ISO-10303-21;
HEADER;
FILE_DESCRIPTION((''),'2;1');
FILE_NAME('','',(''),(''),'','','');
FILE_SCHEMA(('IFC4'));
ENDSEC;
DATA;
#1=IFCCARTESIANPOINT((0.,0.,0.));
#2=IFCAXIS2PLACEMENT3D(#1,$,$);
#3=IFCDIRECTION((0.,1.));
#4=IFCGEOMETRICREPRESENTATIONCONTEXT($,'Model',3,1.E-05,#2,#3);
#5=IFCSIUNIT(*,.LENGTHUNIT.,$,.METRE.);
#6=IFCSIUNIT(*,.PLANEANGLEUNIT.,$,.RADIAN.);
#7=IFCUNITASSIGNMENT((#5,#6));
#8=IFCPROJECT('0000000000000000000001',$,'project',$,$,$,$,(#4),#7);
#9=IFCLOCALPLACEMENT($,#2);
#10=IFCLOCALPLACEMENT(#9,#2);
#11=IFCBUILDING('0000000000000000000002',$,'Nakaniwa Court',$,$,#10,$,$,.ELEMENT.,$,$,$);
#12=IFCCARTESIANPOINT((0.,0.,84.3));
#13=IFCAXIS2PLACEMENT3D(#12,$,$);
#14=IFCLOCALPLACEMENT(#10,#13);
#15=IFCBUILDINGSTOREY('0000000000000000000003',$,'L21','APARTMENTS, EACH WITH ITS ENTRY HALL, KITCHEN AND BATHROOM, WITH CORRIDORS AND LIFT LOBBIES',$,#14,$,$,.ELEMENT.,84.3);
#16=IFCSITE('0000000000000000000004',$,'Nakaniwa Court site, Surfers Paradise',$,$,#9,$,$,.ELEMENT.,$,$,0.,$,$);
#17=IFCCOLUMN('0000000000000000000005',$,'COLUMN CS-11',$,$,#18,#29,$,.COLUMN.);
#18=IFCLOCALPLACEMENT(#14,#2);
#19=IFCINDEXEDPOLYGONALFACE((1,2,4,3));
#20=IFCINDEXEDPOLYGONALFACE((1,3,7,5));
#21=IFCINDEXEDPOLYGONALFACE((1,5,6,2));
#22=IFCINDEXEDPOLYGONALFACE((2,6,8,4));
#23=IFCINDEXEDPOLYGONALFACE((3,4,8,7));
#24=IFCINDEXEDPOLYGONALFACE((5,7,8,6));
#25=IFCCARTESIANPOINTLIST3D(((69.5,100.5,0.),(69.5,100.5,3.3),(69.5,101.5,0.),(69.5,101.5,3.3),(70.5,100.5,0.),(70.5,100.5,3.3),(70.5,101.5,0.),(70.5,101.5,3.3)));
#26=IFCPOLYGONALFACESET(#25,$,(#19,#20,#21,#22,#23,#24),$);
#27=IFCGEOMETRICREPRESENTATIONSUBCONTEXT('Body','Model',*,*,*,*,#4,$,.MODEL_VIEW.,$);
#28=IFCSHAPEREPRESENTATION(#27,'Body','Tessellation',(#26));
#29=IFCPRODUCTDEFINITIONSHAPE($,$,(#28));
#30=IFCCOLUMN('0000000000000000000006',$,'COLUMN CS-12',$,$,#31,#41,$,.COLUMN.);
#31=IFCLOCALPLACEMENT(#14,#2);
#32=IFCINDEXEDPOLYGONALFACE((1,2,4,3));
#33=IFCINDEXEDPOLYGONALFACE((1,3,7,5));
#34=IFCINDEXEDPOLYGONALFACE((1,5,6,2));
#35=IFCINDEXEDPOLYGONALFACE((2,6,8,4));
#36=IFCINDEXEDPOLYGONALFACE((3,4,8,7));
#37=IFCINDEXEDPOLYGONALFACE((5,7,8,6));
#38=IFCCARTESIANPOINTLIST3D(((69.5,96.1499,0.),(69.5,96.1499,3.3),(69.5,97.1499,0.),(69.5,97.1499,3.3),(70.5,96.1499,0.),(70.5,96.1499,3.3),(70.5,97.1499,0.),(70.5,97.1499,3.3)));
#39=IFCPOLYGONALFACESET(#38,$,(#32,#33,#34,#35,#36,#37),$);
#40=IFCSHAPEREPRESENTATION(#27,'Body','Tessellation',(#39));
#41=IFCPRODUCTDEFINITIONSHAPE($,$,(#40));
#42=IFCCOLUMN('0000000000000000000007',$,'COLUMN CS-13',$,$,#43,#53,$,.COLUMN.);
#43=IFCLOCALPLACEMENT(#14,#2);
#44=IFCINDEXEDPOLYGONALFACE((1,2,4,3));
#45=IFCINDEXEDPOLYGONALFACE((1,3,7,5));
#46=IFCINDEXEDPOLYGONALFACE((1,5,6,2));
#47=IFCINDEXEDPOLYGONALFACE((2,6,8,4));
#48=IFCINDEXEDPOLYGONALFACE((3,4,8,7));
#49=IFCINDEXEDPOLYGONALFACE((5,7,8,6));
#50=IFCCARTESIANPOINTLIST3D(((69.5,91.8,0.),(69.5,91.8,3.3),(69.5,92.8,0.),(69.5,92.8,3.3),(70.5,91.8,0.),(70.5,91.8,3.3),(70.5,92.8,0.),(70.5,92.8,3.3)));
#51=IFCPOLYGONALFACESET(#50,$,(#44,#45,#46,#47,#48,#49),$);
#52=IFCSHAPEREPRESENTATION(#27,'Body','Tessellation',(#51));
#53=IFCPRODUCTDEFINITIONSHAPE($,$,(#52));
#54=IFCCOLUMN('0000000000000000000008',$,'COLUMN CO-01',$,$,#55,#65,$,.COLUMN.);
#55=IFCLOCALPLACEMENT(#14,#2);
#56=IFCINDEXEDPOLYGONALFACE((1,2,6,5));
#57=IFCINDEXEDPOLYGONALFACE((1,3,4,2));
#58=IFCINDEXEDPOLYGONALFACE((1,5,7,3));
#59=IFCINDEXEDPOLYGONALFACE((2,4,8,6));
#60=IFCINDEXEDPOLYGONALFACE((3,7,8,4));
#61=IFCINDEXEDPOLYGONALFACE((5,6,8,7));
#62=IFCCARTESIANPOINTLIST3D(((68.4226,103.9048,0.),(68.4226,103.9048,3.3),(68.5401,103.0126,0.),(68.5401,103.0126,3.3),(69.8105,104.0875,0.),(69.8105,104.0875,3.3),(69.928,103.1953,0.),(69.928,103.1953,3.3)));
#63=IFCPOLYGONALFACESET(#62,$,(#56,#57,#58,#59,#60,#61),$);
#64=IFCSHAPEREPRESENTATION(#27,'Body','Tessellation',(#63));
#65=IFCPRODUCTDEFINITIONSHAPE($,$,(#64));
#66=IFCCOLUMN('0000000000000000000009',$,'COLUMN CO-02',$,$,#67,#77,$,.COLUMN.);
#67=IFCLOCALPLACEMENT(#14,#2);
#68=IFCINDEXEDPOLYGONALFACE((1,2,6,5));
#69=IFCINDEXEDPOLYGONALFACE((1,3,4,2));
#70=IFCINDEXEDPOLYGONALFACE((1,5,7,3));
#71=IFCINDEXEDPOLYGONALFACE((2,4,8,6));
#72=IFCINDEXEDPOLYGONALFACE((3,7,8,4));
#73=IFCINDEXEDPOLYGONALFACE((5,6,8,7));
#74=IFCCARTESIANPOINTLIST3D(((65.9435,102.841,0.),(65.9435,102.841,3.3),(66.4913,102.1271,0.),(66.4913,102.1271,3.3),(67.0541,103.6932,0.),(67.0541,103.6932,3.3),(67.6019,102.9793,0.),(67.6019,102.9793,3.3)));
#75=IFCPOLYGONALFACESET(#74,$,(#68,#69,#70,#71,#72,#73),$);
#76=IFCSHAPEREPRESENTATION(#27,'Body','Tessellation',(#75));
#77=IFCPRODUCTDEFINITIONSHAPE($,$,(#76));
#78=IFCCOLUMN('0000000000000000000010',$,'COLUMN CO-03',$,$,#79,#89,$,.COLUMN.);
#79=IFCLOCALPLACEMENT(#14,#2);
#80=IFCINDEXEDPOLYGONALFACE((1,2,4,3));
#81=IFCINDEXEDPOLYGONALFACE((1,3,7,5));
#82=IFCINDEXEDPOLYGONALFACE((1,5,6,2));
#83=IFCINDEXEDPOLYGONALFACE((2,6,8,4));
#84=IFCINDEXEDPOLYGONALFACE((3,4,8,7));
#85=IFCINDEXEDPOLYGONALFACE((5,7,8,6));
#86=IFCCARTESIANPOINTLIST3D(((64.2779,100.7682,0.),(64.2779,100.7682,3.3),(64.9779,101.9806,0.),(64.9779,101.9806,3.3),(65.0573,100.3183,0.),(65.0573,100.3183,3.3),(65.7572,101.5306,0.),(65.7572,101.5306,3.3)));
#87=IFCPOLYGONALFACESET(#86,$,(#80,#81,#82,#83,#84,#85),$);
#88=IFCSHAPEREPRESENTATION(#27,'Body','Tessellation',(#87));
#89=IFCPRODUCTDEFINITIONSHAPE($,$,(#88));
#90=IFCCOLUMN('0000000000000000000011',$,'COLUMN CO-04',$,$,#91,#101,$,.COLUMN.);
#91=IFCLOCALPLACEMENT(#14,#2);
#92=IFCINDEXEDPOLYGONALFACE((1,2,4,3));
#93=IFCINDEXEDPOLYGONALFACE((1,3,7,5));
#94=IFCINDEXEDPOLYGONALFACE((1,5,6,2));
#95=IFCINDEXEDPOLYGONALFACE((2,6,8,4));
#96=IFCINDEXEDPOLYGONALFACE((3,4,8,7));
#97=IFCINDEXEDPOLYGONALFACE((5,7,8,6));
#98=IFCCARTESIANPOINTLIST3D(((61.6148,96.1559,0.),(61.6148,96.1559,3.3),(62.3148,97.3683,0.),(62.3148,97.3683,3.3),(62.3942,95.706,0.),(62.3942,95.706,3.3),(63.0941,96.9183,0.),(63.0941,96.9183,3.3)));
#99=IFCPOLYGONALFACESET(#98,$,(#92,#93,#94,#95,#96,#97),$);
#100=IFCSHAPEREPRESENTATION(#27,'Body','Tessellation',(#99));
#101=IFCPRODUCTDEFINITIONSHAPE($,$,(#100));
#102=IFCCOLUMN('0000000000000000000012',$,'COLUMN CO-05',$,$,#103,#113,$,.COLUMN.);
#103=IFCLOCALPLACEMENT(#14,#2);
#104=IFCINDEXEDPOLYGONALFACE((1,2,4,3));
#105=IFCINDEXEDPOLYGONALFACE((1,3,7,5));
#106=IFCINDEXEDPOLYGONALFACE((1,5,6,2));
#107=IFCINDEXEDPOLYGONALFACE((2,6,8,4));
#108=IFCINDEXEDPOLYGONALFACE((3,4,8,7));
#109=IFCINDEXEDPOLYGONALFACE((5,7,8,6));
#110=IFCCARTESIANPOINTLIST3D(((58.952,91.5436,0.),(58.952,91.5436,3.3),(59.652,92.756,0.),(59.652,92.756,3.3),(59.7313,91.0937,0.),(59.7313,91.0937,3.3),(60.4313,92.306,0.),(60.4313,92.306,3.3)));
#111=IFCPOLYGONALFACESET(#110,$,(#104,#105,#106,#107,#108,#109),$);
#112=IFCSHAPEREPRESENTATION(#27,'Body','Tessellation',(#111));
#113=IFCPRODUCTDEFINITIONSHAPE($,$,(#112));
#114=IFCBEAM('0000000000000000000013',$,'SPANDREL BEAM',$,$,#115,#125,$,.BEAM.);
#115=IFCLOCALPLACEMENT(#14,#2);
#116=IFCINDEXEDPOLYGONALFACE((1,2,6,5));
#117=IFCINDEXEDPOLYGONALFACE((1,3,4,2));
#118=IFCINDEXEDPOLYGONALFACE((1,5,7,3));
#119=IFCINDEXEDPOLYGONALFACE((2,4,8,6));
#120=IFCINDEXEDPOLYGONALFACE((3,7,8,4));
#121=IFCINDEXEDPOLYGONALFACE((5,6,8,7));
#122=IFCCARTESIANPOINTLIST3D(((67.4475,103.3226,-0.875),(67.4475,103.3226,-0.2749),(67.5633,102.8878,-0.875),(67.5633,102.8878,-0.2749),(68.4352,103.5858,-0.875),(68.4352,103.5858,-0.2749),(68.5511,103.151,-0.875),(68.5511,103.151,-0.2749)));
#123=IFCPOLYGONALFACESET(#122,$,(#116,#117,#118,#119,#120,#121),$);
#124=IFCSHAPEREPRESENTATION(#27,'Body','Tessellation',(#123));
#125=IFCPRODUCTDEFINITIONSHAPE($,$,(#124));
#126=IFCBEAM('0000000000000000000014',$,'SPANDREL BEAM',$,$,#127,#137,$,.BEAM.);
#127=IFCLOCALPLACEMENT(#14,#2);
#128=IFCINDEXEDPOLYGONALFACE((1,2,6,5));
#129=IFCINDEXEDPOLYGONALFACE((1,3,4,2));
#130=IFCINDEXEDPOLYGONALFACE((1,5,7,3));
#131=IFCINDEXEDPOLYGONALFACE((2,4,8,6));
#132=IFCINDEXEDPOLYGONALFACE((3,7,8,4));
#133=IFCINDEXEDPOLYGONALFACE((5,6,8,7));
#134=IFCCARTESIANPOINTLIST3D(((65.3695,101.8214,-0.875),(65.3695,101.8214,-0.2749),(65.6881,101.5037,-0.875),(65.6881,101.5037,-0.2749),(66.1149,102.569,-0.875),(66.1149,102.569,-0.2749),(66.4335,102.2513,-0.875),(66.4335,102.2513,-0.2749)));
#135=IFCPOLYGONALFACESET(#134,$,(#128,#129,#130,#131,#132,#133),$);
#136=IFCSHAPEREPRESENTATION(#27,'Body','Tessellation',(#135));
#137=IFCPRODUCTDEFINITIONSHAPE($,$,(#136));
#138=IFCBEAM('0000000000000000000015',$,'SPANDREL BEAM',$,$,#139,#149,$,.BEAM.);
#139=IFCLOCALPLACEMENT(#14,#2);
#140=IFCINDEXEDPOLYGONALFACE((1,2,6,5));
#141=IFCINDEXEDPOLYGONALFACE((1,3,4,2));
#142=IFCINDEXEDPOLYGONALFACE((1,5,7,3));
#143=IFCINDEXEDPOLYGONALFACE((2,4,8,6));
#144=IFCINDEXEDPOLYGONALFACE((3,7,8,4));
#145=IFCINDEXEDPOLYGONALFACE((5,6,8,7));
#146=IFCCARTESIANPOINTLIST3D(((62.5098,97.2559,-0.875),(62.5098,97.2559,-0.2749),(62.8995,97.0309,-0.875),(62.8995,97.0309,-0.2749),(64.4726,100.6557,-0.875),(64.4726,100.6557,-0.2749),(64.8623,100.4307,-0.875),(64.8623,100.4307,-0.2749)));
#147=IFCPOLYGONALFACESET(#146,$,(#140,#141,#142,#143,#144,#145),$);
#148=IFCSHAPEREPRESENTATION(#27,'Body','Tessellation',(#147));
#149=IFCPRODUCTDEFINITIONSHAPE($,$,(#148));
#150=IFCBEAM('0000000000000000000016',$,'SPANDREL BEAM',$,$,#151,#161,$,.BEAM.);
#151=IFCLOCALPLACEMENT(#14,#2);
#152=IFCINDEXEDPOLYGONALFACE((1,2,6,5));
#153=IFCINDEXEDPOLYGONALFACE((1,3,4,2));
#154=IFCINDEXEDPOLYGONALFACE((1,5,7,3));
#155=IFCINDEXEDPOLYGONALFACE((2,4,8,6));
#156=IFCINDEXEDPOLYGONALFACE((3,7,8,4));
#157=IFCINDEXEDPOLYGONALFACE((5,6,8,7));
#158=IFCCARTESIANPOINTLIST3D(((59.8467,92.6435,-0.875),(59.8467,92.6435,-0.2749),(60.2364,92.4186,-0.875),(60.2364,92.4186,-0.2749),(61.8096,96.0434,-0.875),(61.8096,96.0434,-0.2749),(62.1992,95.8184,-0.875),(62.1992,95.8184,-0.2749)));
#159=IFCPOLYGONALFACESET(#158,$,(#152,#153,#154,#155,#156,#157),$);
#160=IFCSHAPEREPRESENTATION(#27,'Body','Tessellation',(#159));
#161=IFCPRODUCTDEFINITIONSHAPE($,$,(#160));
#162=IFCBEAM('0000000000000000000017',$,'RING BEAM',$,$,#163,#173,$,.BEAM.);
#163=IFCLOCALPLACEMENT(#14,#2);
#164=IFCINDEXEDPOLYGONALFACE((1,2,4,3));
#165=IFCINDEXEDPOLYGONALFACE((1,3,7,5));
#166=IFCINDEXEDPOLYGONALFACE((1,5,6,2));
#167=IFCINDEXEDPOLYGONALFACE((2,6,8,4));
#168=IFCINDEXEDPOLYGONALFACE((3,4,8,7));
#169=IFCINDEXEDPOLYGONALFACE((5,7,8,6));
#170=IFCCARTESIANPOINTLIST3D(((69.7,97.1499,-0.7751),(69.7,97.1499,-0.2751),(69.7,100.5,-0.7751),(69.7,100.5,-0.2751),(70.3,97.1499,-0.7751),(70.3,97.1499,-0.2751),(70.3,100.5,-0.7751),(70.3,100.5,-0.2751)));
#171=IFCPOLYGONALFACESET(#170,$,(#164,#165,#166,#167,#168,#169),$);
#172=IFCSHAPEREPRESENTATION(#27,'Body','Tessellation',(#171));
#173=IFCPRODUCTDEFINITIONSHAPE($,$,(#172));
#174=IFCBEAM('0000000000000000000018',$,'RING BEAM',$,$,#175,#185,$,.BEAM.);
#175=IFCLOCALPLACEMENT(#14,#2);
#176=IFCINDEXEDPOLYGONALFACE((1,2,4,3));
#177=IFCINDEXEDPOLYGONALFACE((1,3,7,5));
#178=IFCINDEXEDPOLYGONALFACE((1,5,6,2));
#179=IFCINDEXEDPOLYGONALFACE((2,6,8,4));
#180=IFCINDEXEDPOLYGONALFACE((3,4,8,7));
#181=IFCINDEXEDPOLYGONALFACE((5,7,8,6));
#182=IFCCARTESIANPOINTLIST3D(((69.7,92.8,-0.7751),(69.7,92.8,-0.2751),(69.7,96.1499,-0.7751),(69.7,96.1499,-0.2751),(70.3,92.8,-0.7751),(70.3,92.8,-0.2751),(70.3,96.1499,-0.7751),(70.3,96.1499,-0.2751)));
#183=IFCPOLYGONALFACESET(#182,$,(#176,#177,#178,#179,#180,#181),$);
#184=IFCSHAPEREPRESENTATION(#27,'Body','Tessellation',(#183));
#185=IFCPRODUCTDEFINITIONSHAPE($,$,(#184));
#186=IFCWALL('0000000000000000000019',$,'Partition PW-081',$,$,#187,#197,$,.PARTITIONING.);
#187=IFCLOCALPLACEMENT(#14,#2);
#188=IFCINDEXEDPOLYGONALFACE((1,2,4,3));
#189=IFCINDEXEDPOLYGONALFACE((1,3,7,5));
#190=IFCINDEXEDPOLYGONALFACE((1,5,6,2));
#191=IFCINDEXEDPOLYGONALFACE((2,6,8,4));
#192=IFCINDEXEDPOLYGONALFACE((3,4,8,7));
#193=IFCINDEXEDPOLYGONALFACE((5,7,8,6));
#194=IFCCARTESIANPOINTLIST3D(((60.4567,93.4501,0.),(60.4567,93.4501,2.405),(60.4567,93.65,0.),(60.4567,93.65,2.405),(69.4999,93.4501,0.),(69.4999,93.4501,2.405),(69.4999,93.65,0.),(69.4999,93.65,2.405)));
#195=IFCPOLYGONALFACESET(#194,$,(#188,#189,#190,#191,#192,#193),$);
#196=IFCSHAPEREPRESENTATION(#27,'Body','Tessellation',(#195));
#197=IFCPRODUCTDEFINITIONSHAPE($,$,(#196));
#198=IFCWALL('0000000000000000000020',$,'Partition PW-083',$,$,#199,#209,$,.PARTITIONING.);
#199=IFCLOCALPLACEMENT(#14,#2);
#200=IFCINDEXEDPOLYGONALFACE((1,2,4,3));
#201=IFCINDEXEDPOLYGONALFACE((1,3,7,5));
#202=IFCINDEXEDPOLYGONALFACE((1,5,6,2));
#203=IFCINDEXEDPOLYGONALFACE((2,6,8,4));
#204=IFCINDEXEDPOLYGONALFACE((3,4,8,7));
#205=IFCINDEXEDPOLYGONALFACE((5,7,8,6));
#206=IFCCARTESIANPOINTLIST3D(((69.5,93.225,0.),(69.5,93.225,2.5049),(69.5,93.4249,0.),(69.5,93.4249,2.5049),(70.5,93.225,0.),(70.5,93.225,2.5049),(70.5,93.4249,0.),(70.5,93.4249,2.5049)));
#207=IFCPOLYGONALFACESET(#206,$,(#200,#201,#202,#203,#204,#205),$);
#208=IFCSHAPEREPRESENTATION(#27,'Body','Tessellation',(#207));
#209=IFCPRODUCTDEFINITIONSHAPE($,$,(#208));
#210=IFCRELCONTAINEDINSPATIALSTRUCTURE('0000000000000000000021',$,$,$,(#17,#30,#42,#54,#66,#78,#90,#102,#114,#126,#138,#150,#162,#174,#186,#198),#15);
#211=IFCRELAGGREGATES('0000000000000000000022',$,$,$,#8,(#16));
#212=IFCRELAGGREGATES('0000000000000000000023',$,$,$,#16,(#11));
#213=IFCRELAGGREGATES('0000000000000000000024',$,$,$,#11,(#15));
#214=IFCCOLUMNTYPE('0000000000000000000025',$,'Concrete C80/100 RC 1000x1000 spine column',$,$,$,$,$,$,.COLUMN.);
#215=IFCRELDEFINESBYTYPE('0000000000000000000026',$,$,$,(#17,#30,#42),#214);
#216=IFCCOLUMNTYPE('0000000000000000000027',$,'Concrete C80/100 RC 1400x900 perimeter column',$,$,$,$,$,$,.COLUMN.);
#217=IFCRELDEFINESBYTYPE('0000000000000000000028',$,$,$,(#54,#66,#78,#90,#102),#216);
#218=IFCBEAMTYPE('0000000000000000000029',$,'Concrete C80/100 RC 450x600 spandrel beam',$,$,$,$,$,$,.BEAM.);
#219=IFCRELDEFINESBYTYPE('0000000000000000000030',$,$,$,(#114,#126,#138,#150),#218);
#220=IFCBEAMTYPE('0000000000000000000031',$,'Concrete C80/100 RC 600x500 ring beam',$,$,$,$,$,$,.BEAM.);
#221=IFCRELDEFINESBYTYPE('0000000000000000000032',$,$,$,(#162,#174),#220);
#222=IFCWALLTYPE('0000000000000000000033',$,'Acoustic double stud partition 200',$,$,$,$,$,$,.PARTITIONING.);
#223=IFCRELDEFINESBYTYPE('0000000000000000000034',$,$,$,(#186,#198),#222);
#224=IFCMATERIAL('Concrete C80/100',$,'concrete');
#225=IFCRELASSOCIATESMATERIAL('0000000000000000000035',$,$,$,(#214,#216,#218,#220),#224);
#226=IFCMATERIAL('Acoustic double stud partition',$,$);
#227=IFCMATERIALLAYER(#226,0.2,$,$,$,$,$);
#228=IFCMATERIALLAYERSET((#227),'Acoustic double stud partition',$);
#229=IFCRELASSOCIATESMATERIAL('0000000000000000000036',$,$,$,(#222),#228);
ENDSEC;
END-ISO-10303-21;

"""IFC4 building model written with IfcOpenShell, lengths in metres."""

from ifc_helpers import new_model, si_unit, direction, frame, frame_2d, origin, origin_2d, place, context, subcontext, project, spatial, rectangle, extrude, material, layer, layer_set, material_profile, profile_set, type_object, element, save


model = new_model("IFC4")

# Units and contexts
model_context = context("Model", 3, precision=1e-05, world=origin(), true_north=direction((0.0, 1.0)))
body_context = subcontext(model_context, "Body", "Model", "MODEL_VIEW")
ifc_project = project(units=[si_unit("LENGTHUNIT", "METRE"), si_unit("PLANEANGLEUNIT", "RADIAN")], contexts=[model_context])

# Site, building, storey
site_placement = place(None, origin())
site = spatial("IfcSite", under=ifc_project, at=site_placement, Name="Nakaniwa Court site, Surfers Paradise", CompositionType="ELEMENT", RefElevation=0.0)
building_placement = place(site_placement, origin())
building = spatial("IfcBuilding", under=site, at=building_placement, Name="Nakaniwa Court", CompositionType="ELEMENT")
storey_placement = place(building_placement, frame((0.0, 0.0, 84.3)))
storey = spatial("IfcBuildingStorey", under=building, at=storey_placement, Name="L21", Description="APARTMENTS, EACH WITH ITS ENTRY HALL, KITCHEN AND BATHROOM, WITH CORRIDORS AND LIFT LOBBIES", CompositionType="ELEMENT", Elevation=84.3)

# Columns
ifc_material_1 = material(Name="Concrete C80/100", Category="concrete")
ifc_material_profile_1 = material_profile(ifc_material_1, rectangle(XDim=1.0, YDim=1.0, at=origin_2d()), Name="Concrete C80/100 RC 1000x1000 spine column")
ifc_profile_set_1 = profile_set([ifc_material_profile_1], Name="Concrete C80/100")
column_type_1 = type_object("IfcColumnType", Name="Concrete C80/100 RC 1000x1000 spine column", PredefinedType="COLUMN", material=ifc_profile_set_1)
for number, where, z_axis, x_axis, name in (
    (1, (70.0, 101.0, 0.0), (0.0, 0.0, 1.0), (0.0, -1.0, 0.0), "COLUMN CS-11"),
    (2, (70.0, 96.6499, 0.0), (0.0, 0.0, 1.0), (0.0, -1.0, 0.0), "COLUMN CS-12"),
    (3, (70.0, 92.3, 0.0), (0.0, 0.0, 1.0), (0.0, -1.0, 0.0), "COLUMN CS-13"),
):
    element("IfcColumn", number, at=place(storey_placement, frame(where, z_axis=z_axis, x_axis=x_axis)), inside=storey, type_object=column_type_1, Name=name, PredefinedType="COLUMN", context=body_context, shape_type="SweptSolid", body=[
        extrude(rectangle(XDim=1.0, YDim=1.0, at=origin_2d()), origin(), (0.0, 0.0, 1.0), 3.3),
    ])
ifc_material_profile_2 = material_profile(ifc_material_1, rectangle(XDim=1.3999, YDim=0.8999, at=origin_2d()), Name="Concrete C80/100 RC 1400x900 perimeter column")
ifc_profile_set_2 = profile_set([ifc_material_profile_2], Name="Concrete C80/100")
column_type_2 = type_object("IfcColumnType", Name="Concrete C80/100 RC 1400x900 perimeter column", PredefinedType="COLUMN", material=ifc_profile_set_2)
for number, where, z_axis, x_axis, name in (
    (4, (69.1753, 103.55, 0.0), (0.0, 0.0, 1.0), (-0.991443, -0.130543, 0.0), "COLUMN CO-01"),
    (5, (66.7727, 102.9102, 0.0), (0.0, 0.0, 1.0), (-0.793364, -0.608748, 0.0), "COLUMN CO-02"),
    (6, (65.0176, 101.1494, 0.0), (0.0, 0.0, 1.0), (-0.5, -0.866025, 0.0), "COLUMN CO-03"),
    (7, (62.3545, 96.5371, 0.0), (0.0, 0.0, 1.0), (-0.5, -0.866025, 0.0), "COLUMN CO-04"),
    (8, (59.6917, 91.9248, 0.0), (0.0, 0.0, 1.0), (-0.5, -0.866025, 0.0), "COLUMN CO-05"),
):
    element("IfcColumn", number, at=place(storey_placement, frame(where, z_axis=z_axis, x_axis=x_axis)), inside=storey, type_object=column_type_2, Name=name, PredefinedType="COLUMN", context=body_context, shape_type="SweptSolid", body=[
        extrude(rectangle(XDim=1.3999, YDim=0.8999, at=origin_2d()), origin(), (0.0, 0.0, 1.0), 3.3),
    ])

# Beams
ifc_material_profile_3 = material_profile(ifc_material_1, rectangle(XDim=0.45, YDim=0.6001, at=origin_2d()), Name="Concrete C80/100 RC 450x600 spandrel beam")
ifc_profile_set_3 = profile_set([ifc_material_profile_3], Name="Concrete C80/100")
beam_type_1 = type_object("IfcBeamType", Name="Concrete C80/100 RC 450x600 spandrel beam", PredefinedType="BEAM", material=ifc_profile_set_3)
beam_1_placement = place(storey_placement, frame((68.4932, 103.3684, -0.575), z_axis=(-0.96629, -0.257455, 0.0), x_axis=(0.257455, -0.96629, 0.0)))
element("IfcBeam", 9, at=beam_1_placement, inside=storey, type_object=beam_type_1, Name="SPANDREL BEAM", PredefinedType="BEAM", context=body_context, shape_type="SweptSolid", body=[
    extrude(rectangle(XDim=0.45, YDim=0.6001, at=origin_2d()), origin(), (0.0, 0.0, 1.0), 1.0222),
])
beam_2_placement = place(storey_placement, frame((66.2742, 102.4102, -0.575), z_axis=(-0.706065, -0.708147, 0.0), x_axis=(0.708147, -0.706065, 0.0)))
element("IfcBeam", 10, at=beam_2_placement, inside=storey, type_object=beam_type_1, Name="SPANDREL BEAM", PredefinedType="BEAM", context=body_context, shape_type="SweptSolid", body=[
    extrude(rectangle(XDim=0.45, YDim=0.6001, at=origin_2d()), origin(), (0.0, 0.0, 1.0), 1.0557),
])
for number, where, z_axis, x_axis, name in (
    (11, (64.6675, 100.5432, -0.575), (-0.499992, -0.86603, 0.0), (0.86603, -0.499992, 0.0), "SPANDREL BEAM"),
    (12, (62.0044, 95.9309, -0.575), (-0.499992, -0.86603, 0.0), (0.86603, -0.499992, 0.0), "SPANDREL BEAM"),
):
    element("IfcBeam", number, at=place(storey_placement, frame(where, z_axis=z_axis, x_axis=x_axis)), inside=storey, type_object=beam_type_1, Name=name, PredefinedType="BEAM", context=body_context, shape_type="SweptSolid", body=[
        extrude(rectangle(XDim=0.45, YDim=0.6001, at=origin_2d()), origin(), (0.0, 0.0, 1.0), 3.9258),
    ])
ifc_material_profile_4 = material_profile(ifc_material_1, rectangle(XDim=0.6001, YDim=0.5, at=origin_2d()), Name="Concrete C80/100 RC 600x500 ring beam")
ifc_profile_set_4 = profile_set([ifc_material_profile_4], Name="Concrete C80/100")
beam_type_2 = type_object("IfcBeamType", Name="Concrete C80/100 RC 600x500 ring beam", PredefinedType="BEAM", material=ifc_profile_set_4)
beam_3_placement = place(storey_placement, frame((70.0, 100.5, -0.5251), z_axis=(0.0, -1.0, 0.0), x_axis=(1.0, 0.0, 0.0)))
element("IfcBeam", 13, at=beam_3_placement, inside=storey, type_object=beam_type_2, Name="RING BEAM", PredefinedType="BEAM", context=body_context, shape_type="SweptSolid", body=[
    extrude(rectangle(XDim=0.6001, YDim=0.5, at=origin_2d()), origin(), (0.0, 0.0, 1.0), 3.3501),
])
beam_4_placement = place(storey_placement, frame((70.0, 96.1499, -0.5251), z_axis=(0.0, -1.0, 0.0), x_axis=(1.0, 0.0, 0.0)))
element("IfcBeam", 14, at=beam_4_placement, inside=storey, type_object=beam_type_2, Name="RING BEAM", PredefinedType="BEAM", context=body_context, shape_type="SweptSolid", body=[
    extrude(rectangle(XDim=0.6001, YDim=0.5, at=origin_2d()), origin(), (0.0, 0.0, 1.0), 3.3499),
])

# Walls
ifc_material_2 = material(Name="Acoustic double stud partition")
ifc_layer_1 = layer(ifc_material_2, 0.2)
ifc_layer_set_1 = layer_set([ifc_layer_1], Name="Acoustic double stud partition")
wall_type_1 = type_object("IfcWallType", Name="Acoustic double stud partition 200", PredefinedType="PARTITIONING", material=ifc_layer_set_1)
wall_1_placement = place(storey_placement, frame((60.4568, 93.55, 0.0), z_axis=(0.0, 0.0, 1.0), x_axis=(1.0, 0.0, 0.0)))
element("IfcWall", 15, at=wall_1_placement, inside=storey, type_object=wall_type_1, Name="Partition PW-081", PredefinedType="PARTITIONING", context=body_context, shape_type="SweptSolid", body=[
    extrude(rectangle(XDim=9.0432, YDim=0.2, at=frame_2d((4.5215, 0.0))), origin(), (0.0, 0.0, 1.0), 2.405),
])
for number, where, z_axis, x_axis, name in (
    (16, (69.5, 93.325, 0.0), (0.0, 0.0, 1.0), (1.0, 0.0, 0.0), "Partition PW-083"),
):
    element("IfcWall", number, at=place(storey_placement, frame(where, z_axis=z_axis, x_axis=x_axis)), inside=storey, type_object=wall_type_1, Name=name, PredefinedType="PARTITIONING", context=body_context, shape_type="SweptSolid", body=[
        extrude(rectangle(XDim=1.0, YDim=0.2, at=frame_2d((0.5, 0.0))), origin(), (0.0, 0.0, 1.0), 2.5049),
    ])

save(model, "model.ifc")
